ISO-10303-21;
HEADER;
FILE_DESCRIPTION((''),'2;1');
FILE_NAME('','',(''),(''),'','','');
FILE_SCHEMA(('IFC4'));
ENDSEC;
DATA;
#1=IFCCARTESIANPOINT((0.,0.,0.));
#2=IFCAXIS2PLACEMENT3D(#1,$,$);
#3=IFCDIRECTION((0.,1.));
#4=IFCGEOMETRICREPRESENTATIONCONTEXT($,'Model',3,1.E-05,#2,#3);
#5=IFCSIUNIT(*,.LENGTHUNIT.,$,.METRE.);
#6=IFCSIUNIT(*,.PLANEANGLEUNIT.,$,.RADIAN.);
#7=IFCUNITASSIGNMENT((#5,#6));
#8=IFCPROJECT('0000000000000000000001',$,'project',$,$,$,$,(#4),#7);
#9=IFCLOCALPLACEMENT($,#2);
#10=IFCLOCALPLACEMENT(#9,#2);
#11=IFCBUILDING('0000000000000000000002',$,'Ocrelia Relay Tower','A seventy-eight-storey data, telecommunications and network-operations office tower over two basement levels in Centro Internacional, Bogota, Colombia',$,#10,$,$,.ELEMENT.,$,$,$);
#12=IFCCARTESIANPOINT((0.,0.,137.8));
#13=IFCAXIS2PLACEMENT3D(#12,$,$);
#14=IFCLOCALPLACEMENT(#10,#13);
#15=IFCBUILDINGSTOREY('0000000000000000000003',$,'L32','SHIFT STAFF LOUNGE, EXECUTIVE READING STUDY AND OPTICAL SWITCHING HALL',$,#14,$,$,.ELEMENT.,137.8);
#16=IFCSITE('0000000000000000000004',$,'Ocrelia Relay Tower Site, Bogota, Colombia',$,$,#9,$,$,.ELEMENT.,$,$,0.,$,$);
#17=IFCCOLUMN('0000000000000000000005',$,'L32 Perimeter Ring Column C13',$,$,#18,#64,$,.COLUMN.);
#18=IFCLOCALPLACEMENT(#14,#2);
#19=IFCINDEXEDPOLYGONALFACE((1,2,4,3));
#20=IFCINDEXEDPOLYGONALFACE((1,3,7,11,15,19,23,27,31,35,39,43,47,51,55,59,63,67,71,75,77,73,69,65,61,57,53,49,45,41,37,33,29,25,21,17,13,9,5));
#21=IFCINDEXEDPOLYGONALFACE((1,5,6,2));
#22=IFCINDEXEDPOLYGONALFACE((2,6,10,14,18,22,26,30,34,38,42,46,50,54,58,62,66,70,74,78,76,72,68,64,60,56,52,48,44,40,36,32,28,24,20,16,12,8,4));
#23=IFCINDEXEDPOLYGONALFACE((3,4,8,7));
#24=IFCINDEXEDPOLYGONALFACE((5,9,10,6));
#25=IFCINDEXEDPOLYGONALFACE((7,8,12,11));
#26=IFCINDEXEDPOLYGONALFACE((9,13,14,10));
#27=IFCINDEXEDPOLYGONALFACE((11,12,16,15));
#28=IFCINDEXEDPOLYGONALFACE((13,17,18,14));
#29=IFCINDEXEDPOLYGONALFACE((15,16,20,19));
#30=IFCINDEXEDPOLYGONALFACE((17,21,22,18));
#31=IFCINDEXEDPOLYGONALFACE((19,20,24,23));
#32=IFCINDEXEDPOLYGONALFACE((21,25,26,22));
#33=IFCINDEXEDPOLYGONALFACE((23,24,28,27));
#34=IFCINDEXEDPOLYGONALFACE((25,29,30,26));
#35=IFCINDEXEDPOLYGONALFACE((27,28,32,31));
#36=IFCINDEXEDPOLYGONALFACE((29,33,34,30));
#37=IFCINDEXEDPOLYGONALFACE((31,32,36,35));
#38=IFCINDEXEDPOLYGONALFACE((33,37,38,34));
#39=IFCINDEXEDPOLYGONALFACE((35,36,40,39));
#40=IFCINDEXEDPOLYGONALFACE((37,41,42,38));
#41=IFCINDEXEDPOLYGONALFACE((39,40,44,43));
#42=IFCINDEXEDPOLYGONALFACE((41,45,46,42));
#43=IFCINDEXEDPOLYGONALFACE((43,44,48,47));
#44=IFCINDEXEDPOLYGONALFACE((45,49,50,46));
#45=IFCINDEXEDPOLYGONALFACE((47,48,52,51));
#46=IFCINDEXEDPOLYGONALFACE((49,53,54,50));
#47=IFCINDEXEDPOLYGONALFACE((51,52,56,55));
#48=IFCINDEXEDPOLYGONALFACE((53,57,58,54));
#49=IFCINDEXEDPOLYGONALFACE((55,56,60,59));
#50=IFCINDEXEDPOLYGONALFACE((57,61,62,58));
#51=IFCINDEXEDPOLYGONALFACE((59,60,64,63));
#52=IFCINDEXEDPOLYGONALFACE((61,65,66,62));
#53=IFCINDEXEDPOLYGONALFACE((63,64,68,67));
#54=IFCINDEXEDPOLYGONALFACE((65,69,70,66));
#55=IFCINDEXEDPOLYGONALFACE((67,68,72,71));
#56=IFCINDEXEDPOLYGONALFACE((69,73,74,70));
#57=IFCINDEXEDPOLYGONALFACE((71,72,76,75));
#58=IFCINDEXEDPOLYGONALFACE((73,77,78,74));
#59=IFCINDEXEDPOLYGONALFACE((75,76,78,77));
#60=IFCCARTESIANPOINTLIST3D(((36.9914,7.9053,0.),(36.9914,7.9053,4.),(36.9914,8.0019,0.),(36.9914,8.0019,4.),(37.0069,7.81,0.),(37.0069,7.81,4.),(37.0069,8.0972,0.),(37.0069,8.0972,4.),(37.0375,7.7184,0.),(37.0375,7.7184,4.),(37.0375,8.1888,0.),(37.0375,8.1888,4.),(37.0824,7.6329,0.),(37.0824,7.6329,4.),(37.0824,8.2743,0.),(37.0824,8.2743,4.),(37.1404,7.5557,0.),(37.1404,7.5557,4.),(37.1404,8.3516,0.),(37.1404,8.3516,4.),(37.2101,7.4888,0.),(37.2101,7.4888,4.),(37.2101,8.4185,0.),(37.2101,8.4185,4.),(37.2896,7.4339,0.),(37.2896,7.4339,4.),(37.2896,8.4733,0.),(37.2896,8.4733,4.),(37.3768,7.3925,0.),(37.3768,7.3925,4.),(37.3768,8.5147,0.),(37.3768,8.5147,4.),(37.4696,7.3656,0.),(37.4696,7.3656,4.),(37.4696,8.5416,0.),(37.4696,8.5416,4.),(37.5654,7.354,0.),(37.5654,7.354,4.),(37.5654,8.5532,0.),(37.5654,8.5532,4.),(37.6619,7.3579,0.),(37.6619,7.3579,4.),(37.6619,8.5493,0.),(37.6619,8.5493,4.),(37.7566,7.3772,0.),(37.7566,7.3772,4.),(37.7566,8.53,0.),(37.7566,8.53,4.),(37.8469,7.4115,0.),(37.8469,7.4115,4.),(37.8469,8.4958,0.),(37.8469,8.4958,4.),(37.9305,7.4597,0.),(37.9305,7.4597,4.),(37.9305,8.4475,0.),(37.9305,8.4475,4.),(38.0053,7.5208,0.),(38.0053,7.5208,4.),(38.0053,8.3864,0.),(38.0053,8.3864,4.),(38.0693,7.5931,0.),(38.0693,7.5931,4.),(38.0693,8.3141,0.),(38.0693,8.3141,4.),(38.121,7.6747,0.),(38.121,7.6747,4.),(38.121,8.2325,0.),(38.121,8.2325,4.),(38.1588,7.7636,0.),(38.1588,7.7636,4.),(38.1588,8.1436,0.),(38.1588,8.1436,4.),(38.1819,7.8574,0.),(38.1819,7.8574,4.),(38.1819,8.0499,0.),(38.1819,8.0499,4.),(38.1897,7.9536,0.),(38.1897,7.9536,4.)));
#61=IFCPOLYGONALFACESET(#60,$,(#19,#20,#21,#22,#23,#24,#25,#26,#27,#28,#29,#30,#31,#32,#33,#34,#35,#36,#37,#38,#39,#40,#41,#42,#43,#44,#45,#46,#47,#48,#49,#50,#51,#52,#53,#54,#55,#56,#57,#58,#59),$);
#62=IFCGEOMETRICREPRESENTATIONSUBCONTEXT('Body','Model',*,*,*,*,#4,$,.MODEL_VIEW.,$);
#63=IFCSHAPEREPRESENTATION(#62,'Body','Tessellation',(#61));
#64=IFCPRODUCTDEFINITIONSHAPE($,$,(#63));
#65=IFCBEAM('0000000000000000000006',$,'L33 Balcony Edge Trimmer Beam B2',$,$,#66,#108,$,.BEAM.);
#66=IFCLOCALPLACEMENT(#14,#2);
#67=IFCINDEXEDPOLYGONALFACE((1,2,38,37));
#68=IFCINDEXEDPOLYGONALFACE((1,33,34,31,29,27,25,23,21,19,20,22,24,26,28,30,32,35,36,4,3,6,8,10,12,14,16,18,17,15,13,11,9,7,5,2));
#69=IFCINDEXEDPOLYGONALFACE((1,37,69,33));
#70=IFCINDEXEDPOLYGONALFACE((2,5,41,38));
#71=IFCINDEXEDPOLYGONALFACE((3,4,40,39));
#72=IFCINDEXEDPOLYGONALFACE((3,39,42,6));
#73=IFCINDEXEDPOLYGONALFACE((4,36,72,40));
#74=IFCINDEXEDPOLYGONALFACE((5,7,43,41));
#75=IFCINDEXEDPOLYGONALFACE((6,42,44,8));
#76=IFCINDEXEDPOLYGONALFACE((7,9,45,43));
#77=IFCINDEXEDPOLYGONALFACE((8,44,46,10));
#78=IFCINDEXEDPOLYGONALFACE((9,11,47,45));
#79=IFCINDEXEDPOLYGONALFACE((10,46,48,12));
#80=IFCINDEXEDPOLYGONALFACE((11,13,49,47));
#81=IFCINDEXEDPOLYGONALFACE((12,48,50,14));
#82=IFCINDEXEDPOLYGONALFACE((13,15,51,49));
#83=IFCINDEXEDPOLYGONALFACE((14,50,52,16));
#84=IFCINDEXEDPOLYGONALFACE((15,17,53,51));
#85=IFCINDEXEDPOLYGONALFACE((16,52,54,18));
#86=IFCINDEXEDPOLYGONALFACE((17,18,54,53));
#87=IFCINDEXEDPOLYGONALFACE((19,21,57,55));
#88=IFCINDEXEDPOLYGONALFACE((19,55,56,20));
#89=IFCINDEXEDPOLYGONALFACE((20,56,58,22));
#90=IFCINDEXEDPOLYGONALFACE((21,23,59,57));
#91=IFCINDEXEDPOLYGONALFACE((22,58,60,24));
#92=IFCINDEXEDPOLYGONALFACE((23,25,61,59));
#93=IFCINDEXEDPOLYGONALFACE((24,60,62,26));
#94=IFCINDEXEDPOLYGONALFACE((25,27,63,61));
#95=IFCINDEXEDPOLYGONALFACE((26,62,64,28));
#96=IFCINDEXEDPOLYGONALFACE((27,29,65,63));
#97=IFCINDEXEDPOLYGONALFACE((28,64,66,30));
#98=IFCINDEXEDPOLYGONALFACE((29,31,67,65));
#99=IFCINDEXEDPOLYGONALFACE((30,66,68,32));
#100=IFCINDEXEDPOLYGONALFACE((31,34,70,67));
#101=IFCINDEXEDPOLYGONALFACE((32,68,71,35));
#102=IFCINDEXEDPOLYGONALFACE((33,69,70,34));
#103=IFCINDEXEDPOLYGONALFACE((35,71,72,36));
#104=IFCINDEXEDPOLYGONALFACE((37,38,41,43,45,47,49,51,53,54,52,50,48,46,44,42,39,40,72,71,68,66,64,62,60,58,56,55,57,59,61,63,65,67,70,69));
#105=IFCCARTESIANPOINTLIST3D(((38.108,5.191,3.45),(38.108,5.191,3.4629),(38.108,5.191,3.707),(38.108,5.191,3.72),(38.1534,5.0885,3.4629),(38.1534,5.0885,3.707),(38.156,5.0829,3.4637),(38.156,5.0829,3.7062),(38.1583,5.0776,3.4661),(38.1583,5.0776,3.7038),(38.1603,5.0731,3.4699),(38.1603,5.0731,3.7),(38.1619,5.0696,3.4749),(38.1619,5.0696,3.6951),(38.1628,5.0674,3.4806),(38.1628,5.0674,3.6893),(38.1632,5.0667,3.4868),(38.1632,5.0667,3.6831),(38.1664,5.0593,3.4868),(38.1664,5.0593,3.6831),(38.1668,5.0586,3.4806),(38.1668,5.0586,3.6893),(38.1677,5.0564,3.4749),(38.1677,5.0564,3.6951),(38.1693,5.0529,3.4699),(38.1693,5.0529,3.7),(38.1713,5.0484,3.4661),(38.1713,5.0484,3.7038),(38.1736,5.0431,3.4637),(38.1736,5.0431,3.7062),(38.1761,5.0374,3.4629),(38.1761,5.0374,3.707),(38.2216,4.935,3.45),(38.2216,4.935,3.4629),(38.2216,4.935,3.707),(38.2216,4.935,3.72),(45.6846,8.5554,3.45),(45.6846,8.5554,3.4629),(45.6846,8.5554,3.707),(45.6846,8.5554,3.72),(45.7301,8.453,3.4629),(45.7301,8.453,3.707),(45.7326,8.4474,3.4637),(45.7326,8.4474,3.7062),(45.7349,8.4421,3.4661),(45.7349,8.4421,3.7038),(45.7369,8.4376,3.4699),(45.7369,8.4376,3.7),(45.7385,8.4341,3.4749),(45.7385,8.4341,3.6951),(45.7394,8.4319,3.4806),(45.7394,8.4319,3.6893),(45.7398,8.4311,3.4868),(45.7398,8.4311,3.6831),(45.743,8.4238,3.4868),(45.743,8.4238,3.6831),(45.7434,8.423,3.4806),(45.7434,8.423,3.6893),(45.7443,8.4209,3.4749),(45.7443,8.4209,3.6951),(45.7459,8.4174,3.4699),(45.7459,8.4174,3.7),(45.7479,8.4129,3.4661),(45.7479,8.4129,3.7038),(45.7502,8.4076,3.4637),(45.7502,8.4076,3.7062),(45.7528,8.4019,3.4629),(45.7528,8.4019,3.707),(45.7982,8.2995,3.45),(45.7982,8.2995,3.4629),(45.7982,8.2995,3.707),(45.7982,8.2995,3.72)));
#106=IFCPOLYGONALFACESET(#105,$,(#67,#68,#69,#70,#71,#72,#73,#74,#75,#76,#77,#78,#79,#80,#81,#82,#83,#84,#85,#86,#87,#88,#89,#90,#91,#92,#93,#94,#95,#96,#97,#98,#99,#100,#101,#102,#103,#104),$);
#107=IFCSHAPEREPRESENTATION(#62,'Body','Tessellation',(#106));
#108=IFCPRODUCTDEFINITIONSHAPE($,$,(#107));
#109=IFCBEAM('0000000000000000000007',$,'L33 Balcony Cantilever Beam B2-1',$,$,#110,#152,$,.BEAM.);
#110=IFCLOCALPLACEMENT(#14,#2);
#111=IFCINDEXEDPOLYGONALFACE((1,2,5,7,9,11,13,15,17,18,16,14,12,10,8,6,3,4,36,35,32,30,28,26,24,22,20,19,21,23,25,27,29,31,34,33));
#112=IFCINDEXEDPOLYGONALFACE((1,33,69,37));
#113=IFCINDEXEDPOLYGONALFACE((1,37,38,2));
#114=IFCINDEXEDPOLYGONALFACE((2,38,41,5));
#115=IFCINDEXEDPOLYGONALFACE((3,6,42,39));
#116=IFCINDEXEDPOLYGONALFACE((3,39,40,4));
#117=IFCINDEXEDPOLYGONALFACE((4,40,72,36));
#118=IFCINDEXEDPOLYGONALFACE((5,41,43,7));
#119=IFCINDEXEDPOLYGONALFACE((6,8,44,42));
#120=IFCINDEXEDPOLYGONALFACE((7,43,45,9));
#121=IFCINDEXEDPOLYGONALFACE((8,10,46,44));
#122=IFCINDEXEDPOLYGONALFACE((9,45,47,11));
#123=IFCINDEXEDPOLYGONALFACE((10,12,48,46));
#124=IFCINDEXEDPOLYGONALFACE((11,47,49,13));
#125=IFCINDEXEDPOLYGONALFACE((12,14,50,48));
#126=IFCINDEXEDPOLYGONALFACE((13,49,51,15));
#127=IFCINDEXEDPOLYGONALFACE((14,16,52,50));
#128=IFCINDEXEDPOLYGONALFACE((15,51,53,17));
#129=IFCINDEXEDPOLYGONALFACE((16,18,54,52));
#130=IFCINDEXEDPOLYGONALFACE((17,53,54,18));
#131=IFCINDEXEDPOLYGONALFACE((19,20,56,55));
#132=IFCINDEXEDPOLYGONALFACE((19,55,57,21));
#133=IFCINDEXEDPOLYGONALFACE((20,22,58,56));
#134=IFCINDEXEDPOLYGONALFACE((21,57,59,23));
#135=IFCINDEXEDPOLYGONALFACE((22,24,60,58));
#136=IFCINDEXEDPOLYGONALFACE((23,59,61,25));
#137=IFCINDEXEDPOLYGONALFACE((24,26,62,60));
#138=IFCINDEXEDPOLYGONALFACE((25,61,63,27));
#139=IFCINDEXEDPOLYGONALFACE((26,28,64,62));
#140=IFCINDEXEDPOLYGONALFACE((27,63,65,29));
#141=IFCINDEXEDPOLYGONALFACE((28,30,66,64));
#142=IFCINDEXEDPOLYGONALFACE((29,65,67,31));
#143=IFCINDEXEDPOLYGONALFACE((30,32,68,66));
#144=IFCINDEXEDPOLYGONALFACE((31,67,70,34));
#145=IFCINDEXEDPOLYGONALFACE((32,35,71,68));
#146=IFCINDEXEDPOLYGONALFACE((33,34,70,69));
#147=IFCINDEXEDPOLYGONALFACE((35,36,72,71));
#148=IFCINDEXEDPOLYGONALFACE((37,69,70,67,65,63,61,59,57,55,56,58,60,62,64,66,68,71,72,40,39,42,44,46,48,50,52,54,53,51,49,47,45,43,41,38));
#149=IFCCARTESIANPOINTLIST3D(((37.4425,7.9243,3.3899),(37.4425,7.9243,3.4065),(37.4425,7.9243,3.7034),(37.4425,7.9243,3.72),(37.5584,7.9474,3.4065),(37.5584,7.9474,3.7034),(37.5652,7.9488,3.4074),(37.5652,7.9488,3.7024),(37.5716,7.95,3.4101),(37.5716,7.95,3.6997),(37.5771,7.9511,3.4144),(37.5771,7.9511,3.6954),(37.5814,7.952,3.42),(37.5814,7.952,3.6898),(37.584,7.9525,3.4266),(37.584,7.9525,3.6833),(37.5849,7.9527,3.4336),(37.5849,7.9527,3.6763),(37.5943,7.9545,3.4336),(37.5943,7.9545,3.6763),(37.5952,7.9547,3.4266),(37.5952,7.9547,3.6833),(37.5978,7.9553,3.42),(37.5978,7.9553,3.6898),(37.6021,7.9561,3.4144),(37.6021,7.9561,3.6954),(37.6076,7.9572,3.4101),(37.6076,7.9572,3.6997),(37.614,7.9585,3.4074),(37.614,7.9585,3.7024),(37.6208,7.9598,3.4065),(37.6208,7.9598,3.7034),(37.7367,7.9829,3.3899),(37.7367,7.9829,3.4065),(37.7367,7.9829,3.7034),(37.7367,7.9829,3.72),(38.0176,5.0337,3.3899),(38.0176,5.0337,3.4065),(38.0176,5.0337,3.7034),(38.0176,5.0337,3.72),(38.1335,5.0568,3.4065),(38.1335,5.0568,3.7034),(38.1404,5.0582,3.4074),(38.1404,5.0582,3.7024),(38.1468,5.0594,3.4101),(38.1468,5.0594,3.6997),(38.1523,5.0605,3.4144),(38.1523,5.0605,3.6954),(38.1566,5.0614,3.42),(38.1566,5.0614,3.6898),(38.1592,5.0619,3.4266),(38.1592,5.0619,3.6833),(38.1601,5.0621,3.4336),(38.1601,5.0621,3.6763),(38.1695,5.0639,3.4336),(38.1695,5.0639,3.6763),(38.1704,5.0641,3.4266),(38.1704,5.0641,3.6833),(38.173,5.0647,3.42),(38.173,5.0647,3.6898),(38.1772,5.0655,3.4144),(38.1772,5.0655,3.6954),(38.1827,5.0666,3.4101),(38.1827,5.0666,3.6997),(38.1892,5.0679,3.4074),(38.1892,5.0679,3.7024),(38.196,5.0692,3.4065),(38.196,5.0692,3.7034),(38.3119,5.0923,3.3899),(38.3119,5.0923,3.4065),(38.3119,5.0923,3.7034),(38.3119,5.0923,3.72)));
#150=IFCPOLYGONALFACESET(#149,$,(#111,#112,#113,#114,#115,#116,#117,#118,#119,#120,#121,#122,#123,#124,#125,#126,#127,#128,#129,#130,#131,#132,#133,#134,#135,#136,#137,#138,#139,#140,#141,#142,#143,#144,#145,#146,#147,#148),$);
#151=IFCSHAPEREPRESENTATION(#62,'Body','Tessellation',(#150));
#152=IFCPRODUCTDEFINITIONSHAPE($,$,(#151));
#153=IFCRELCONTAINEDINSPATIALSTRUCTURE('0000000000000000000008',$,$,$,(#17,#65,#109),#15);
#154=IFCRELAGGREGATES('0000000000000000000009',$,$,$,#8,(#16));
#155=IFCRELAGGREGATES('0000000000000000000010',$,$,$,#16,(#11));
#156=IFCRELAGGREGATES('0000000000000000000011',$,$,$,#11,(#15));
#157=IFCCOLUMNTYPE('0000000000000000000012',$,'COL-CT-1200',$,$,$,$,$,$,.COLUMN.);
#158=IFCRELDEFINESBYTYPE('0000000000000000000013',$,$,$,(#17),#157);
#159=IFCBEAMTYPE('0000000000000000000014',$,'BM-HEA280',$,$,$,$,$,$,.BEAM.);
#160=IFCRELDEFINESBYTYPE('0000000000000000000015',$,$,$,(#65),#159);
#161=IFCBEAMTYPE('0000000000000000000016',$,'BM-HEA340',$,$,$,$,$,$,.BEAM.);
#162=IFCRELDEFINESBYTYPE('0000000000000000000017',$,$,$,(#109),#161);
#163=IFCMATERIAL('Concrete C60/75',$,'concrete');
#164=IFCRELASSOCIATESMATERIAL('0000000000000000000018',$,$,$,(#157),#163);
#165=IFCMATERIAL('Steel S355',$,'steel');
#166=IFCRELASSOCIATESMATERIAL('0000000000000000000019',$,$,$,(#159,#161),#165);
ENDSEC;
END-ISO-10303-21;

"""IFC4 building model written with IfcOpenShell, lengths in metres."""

from ifc_helpers import new_model, si_unit, direction, frame, origin, origin_2d, place, context, subcontext, project, spatial, circle, i_section, extrude, material, material_profile, profile_set, type_object, element, save


model = new_model("IFC4")

# Units and contexts
model_context = context("Model", 3, precision=1e-05, world=origin(), true_north=direction((0.0, 1.0)))
body_context = subcontext(model_context, "Body", "Model", "MODEL_VIEW")
ifc_project = project(units=[si_unit("LENGTHUNIT", "METRE"), si_unit("PLANEANGLEUNIT", "RADIAN")], contexts=[model_context])

# Site, building, storey
site_placement = place(None, origin())
site = spatial("IfcSite", under=ifc_project, at=site_placement, Name="Ocrelia Relay Tower Site, Bogota, Colombia", CompositionType="ELEMENT", RefElevation=0.0)
building_placement = place(site_placement, origin())
building = spatial("IfcBuilding", under=site, at=building_placement, Name="Ocrelia Relay Tower", Description="A seventy-eight-storey data, telecommunications and network-operations office tower over two basement levels in Centro Internacional, Bogota, Colombia", CompositionType="ELEMENT")
storey_placement = place(building_placement, frame((0.0, 0.0, 137.8)))
storey = spatial("IfcBuildingStorey", under=building, at=storey_placement, Name="L32", Description="SHIFT STAFF LOUNGE, EXECUTIVE READING STUDY AND OPTICAL SWITCHING HALL", CompositionType="ELEMENT", Elevation=137.8)

# Column
ifc_material_1 = material(Name="Concrete C60/75", Category="concrete")
ifc_material_profile_1 = material_profile(ifc_material_1, circle(Radius=0.6001, at=origin_2d()), Name="RC-CIR-1200")
ifc_profile_set_1 = profile_set([ifc_material_profile_1], Name="Concrete C60/75")
column_type = type_object("IfcColumnType", Name="COL-CT-1200", PredefinedType="COLUMN", material=ifc_profile_set_1)
column_placement = place(storey_placement, frame((37.5896, 7.9536, 0.0), z_axis=(0.0, 0.0, 1.0), x_axis=(1.0, 0.0, 0.0)))
element("IfcColumn", 1, at=column_placement, inside=storey, type_object=column_type, Name="L32 Perimeter Ring Column C13", PredefinedType="COLUMN", context=body_context, shape_type="SweptSolid", body=[
    extrude(circle(Radius=0.6001, at=origin_2d()), origin(), (0.0, 0.0, 1.0), 4.0),
])

# Beams
ifc_material_2 = material(Name="Steel S355", Category="steel")
ifc_material_profile_2 = material_profile(ifc_material_2, i_section(OverallWidth=0.28, OverallDepth=0.27, WebThickness=0.0081, FlangeThickness=0.0129, FilletRadius=0.0239, at=origin_2d()), Name="HEA 280")
ifc_profile_set_2 = profile_set([ifc_material_profile_2], Name="Steel S355")
beam_type_1 = type_object("IfcBeamType", Name="BM-HEA280", PredefinedType="BEAM", material=ifc_profile_set_2)
beam_1_placement = place(storey_placement, frame((38.1648, 5.063, 3.585), z_axis=(0.913941, 0.405846, 0.0), x_axis=(-0.405846, 0.913941, 0.0)))
element("IfcBeam", 2, at=beam_1_placement, inside=storey, type_object=beam_type_1, Name="L33 Balcony Edge Trimmer Beam B2", PredefinedType="BEAM", context=body_context, shape_type="SweptSolid", body=[
    extrude(i_section(OverallWidth=0.28, OverallDepth=0.27, WebThickness=0.0081, FlangeThickness=0.0129, FilletRadius=0.0239, at=origin_2d()), origin(), (0.0, 0.0, 1.0), 8.29),
])
ifc_material_profile_3 = material_profile(ifc_material_2, i_section(OverallWidth=0.3, OverallDepth=0.3301, WebThickness=0.0095, FlangeThickness=0.0166, FilletRadius=0.0271, at=origin_2d()), Name="HEA 340")
ifc_profile_set_3 = profile_set([ifc_material_profile_3], Name="Steel S355")
beam_type_2 = type_object("IfcBeamType", Name="BM-HEA340", PredefinedType="BEAM", material=ifc_profile_set_3)
beam_2_placement = place(storey_placement, frame((37.5896, 7.9536, 3.5549), z_axis=(0.19516, -0.980771, 0.0), x_axis=(0.980771, 0.19516, 0.0)))
element("IfcBeam", 3, at=beam_2_placement, inside=storey, type_object=beam_type_2, Name="L33 Balcony Cantilever Beam B2-1", PredefinedType="BEAM", context=body_context, shape_type="SweptSolid", body=[
    extrude(i_section(OverallWidth=0.3, OverallDepth=0.3301, WebThickness=0.0095, FlangeThickness=0.0166, FilletRadius=0.0271, at=origin_2d()), origin(), (0.0, 0.0, 1.0), 2.9473),
])

save(model, "model.ifc")
